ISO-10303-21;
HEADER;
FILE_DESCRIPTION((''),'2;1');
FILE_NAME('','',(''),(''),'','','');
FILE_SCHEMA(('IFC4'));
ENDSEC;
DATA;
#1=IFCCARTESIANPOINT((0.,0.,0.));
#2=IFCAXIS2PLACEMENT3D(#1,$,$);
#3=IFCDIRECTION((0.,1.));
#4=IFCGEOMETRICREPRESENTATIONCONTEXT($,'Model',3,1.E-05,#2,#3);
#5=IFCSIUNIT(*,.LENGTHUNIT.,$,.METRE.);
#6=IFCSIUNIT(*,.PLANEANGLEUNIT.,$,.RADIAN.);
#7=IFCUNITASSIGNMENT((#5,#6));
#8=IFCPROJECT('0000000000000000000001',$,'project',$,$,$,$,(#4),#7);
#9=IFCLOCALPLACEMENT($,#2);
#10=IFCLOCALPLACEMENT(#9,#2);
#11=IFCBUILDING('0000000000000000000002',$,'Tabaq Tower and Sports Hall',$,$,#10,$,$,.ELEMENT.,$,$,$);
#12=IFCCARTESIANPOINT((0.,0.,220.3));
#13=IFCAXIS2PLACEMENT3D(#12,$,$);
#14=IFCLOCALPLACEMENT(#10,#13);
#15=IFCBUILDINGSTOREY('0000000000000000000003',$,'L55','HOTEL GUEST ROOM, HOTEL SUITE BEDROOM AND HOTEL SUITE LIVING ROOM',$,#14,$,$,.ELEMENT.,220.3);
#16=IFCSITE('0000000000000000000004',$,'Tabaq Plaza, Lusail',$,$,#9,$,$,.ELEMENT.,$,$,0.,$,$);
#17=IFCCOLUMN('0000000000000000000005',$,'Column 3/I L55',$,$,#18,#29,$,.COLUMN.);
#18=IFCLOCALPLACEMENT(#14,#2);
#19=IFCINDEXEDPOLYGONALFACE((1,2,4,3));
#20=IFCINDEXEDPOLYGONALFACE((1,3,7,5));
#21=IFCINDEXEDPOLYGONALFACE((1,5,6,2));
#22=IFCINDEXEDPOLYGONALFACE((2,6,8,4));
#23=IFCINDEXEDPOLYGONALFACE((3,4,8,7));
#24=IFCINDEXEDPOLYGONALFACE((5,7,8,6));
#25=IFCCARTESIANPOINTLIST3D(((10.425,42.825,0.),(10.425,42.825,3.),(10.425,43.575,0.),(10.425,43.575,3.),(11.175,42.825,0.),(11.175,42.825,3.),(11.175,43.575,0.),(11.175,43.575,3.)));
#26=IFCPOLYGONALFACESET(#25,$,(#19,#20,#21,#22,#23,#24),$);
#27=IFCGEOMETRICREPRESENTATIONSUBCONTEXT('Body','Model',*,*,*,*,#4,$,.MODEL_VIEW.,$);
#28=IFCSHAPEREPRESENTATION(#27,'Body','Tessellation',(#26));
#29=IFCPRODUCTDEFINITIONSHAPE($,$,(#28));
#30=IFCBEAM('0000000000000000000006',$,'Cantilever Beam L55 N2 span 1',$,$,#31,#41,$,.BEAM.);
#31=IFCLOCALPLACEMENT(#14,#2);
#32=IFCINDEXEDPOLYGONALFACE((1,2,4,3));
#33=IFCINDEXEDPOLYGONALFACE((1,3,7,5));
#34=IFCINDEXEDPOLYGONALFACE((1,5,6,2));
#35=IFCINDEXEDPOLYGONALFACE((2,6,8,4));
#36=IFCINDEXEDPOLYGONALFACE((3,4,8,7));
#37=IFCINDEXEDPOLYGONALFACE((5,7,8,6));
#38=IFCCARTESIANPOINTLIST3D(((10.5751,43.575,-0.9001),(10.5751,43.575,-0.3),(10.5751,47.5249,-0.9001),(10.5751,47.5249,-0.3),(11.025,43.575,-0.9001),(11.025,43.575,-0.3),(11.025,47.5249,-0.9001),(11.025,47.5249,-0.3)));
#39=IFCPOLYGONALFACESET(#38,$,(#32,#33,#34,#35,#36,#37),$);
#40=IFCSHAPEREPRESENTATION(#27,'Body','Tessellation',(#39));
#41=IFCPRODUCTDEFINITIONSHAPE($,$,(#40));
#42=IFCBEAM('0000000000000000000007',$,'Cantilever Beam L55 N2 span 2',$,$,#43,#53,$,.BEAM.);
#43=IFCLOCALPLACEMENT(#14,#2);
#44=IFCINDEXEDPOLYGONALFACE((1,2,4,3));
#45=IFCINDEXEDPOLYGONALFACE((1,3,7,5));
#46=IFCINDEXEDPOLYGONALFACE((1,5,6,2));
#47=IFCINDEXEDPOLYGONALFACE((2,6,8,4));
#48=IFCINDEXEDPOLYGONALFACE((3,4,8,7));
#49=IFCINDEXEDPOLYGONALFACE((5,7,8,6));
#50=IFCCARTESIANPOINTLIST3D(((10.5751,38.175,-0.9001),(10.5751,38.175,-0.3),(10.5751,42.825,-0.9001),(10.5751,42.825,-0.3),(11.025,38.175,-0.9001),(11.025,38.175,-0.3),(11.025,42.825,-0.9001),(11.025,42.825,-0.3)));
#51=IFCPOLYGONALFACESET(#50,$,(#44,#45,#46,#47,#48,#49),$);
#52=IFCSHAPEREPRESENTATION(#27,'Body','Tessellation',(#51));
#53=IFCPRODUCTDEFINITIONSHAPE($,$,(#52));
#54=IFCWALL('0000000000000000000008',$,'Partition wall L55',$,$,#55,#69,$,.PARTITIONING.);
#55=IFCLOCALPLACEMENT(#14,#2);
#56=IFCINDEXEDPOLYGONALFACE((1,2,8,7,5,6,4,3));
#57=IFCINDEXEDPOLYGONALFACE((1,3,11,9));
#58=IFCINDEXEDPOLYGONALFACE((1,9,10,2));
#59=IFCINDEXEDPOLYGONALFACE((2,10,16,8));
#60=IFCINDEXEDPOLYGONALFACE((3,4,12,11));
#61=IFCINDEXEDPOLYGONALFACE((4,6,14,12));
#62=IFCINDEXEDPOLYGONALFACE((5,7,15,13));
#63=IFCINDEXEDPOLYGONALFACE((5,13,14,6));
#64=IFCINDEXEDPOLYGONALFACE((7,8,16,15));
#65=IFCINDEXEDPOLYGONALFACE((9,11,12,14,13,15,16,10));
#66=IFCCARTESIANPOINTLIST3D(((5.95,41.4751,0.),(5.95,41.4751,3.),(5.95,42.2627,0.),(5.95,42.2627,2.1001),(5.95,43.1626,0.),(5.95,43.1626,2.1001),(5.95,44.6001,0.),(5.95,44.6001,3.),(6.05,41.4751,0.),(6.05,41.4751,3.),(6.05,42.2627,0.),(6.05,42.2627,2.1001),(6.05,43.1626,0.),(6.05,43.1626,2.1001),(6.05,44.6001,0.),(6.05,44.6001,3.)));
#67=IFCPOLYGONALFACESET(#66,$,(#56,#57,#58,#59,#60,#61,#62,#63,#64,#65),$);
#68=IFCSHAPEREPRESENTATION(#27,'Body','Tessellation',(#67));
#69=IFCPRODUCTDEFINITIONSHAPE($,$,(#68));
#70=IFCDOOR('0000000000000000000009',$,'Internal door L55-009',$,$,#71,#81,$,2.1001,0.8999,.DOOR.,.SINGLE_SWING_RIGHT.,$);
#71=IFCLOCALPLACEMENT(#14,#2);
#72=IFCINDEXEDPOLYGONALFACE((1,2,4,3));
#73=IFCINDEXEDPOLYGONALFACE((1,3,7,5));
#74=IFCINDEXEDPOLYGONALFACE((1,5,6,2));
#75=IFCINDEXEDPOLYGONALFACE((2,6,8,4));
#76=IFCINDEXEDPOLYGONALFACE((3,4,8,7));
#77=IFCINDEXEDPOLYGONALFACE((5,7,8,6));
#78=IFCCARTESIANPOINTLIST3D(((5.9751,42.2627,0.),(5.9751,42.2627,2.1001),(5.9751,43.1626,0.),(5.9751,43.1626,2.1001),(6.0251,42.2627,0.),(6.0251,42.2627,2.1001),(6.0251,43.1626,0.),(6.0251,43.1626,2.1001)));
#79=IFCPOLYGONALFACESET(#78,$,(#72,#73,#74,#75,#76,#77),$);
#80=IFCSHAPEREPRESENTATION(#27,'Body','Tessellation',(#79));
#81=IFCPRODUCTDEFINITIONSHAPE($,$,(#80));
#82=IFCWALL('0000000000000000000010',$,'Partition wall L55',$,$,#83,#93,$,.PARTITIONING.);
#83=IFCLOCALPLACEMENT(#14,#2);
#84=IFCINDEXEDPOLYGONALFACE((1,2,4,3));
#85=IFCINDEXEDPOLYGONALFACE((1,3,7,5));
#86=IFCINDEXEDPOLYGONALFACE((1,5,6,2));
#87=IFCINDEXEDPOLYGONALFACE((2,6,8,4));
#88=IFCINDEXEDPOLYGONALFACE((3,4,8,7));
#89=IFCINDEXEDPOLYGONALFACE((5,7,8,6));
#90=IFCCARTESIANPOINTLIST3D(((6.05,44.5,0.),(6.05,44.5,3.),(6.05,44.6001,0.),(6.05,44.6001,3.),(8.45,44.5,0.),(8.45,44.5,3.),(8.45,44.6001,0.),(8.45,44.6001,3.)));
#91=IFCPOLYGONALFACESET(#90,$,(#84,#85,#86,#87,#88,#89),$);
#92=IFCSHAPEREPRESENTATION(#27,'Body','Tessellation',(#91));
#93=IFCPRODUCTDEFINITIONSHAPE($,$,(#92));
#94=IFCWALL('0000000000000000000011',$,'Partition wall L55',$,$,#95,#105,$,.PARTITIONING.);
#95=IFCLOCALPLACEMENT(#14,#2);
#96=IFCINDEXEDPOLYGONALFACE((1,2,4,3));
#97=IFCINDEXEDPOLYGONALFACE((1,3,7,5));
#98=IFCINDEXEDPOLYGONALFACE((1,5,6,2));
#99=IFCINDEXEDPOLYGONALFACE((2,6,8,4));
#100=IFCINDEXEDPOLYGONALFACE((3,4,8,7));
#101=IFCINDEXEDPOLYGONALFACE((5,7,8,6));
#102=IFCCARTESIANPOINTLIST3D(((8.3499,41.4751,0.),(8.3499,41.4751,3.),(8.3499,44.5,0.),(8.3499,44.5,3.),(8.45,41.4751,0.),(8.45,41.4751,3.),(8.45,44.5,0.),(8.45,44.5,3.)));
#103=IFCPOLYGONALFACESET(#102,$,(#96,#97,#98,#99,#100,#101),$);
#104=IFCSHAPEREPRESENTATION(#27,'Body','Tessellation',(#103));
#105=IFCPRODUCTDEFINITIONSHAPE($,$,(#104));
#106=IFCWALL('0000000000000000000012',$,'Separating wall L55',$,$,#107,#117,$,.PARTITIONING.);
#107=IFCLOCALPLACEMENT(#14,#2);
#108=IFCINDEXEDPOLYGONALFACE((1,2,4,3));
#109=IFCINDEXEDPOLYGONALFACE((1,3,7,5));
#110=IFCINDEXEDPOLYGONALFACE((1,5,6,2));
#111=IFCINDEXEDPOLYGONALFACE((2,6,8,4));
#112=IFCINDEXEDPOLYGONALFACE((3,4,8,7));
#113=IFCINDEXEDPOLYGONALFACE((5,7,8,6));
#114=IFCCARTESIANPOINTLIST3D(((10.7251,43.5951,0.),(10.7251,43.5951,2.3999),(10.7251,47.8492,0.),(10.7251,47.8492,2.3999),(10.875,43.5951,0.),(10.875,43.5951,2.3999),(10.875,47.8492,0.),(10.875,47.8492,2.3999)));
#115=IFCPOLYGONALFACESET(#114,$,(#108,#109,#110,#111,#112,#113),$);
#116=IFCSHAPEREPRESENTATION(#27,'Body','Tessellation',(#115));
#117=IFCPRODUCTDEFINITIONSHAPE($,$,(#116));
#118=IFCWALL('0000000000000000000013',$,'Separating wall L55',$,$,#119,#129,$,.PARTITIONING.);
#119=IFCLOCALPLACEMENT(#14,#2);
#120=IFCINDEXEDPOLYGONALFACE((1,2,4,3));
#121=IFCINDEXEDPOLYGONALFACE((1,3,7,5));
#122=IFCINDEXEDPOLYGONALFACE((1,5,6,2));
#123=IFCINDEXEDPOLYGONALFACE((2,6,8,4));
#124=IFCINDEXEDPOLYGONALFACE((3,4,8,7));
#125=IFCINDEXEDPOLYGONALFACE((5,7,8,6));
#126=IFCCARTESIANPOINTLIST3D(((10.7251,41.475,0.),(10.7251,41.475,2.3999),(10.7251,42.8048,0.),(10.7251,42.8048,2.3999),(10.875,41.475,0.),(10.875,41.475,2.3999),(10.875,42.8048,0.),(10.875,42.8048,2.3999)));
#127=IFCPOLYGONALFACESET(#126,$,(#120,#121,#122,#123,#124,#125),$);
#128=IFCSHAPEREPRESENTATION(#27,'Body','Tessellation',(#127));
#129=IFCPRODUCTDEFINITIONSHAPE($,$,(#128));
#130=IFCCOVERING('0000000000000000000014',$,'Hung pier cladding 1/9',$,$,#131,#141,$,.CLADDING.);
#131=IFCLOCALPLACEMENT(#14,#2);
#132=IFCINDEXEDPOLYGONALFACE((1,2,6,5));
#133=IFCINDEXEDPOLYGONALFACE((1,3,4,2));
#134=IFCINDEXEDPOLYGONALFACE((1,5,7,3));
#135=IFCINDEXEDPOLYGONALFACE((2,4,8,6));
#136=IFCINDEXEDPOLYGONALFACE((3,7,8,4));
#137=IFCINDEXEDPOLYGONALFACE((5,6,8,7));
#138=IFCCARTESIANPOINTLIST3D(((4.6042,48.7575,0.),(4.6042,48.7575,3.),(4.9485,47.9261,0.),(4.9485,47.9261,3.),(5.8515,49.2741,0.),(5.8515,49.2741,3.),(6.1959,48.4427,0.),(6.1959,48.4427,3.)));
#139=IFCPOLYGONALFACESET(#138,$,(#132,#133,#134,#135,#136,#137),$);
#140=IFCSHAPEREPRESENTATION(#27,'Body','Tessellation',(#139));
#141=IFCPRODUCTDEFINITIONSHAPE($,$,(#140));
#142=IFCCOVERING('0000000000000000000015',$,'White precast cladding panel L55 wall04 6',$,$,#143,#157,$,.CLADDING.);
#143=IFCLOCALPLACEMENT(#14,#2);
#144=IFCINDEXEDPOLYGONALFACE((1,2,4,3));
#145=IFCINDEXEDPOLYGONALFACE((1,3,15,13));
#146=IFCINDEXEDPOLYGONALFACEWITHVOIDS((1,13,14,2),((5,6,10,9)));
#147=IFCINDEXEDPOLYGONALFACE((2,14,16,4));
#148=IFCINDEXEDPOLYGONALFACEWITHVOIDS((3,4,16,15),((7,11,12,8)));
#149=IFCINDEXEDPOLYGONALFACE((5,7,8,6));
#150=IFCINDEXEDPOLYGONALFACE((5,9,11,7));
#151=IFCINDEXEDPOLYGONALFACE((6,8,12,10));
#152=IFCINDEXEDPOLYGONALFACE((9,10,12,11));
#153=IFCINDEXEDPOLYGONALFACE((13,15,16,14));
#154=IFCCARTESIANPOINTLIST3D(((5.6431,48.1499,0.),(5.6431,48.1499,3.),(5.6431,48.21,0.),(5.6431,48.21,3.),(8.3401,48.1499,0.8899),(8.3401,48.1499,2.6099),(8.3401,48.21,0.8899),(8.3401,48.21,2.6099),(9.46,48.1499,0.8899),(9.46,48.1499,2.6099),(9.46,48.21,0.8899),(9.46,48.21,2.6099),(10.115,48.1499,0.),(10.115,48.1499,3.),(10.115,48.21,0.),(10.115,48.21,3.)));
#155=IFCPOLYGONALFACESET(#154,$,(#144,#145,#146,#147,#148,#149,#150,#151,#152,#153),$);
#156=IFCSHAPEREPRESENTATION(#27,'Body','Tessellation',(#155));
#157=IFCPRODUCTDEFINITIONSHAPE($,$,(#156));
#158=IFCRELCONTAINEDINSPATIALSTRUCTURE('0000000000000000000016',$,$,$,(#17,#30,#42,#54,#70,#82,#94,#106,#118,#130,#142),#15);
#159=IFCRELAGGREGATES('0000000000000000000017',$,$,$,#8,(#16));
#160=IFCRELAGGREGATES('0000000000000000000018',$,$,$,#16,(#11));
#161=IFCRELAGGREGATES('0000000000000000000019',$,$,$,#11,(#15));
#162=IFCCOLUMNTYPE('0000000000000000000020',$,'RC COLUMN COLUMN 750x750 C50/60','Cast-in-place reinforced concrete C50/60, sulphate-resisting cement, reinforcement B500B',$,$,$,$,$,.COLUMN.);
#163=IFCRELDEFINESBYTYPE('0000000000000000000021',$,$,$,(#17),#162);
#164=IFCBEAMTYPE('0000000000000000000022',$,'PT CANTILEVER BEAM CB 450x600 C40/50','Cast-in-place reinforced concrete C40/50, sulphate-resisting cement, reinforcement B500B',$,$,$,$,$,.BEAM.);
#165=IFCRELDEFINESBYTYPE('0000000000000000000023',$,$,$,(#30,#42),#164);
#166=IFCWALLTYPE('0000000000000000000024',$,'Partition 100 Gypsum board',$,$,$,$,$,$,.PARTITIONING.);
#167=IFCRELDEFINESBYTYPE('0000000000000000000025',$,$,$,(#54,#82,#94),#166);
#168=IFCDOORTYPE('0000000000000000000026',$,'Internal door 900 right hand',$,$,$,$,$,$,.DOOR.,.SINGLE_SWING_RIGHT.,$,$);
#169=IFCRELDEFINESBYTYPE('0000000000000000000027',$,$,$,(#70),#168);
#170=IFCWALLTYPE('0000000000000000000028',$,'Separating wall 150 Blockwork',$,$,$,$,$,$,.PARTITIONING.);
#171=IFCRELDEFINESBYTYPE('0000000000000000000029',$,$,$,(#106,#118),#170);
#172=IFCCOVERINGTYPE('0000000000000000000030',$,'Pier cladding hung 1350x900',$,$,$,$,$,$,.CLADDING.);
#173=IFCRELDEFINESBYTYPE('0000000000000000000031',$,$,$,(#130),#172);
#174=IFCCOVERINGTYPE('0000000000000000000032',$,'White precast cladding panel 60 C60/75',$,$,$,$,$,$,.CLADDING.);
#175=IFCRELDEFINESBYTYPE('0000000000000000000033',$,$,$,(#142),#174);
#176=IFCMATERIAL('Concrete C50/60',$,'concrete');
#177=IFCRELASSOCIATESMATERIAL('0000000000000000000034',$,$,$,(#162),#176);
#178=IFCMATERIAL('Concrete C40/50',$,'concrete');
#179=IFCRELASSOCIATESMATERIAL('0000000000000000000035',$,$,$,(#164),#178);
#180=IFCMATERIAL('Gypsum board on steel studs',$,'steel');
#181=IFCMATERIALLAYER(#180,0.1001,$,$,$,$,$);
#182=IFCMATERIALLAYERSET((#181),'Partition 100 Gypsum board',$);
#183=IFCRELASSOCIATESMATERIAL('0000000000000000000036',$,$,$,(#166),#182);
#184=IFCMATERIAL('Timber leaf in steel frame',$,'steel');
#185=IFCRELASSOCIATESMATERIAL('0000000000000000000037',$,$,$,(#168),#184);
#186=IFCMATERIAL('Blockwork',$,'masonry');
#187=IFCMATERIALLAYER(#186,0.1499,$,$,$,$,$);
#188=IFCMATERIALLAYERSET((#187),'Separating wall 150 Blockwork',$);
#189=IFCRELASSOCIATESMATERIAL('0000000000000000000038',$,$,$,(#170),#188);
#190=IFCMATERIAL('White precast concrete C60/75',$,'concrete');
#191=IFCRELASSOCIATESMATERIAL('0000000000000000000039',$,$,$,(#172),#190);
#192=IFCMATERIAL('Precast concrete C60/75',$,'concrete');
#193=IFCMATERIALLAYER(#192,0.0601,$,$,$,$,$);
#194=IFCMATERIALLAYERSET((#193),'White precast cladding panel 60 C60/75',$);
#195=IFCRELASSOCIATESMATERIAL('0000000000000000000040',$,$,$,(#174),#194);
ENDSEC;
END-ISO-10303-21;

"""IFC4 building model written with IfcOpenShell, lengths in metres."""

from ifc_helpers import new_model, si_unit, direction, frame, frame_2d, origin, origin_2d, place, context, subcontext, project, spatial, polyline, rectangle, outline, extrude, material, layer, layer_set, material_profile, profile_set, type_object, element, fill, save


model = new_model("IFC4")

# Units and contexts
model_context = context("Model", 3, precision=1e-05, world=origin(), true_north=direction((0.0, 1.0)))
body_context = subcontext(model_context, "Body", "Model", "MODEL_VIEW")
ifc_project = project(units=[si_unit("LENGTHUNIT", "METRE"), si_unit("PLANEANGLEUNIT", "RADIAN")], contexts=[model_context])

# Site, building, storey
site_placement = place(None, origin())
site = spatial("IfcSite", under=ifc_project, at=site_placement, Name="Tabaq Plaza, Lusail", CompositionType="ELEMENT", RefElevation=0.0)
building_placement = place(site_placement, origin())
building = spatial("IfcBuilding", under=site, at=building_placement, Name="Tabaq Tower and Sports Hall", CompositionType="ELEMENT")
storey_placement = place(building_placement, frame((0.0, 0.0, 220.3)))
storey = spatial("IfcBuildingStorey", under=building, at=storey_placement, Name="L55", Description="HOTEL GUEST ROOM, HOTEL SUITE BEDROOM AND HOTEL SUITE LIVING ROOM", CompositionType="ELEMENT", Elevation=220.3)

# Column
ifc_material_1 = material(Name="Concrete C50/60", Category="concrete")
ifc_material_profile_1 = material_profile(ifc_material_1, rectangle(XDim=0.75, YDim=0.75, at=origin_2d()), Name="COLUMN 750x750")
ifc_profile_set_1 = profile_set([ifc_material_profile_1], Name="Concrete C50/60")
column_type = type_object("IfcColumnType", Name="RC COLUMN COLUMN 750x750 C50/60", Description="Cast-in-place reinforced concrete C50/60, sulphate-resisting cement, reinforcement B500B", PredefinedType="COLUMN", material=ifc_profile_set_1)
column_placement = place(storey_placement, frame((10.8, 43.2, 0.0), z_axis=(0.0, 0.0, 1.0), x_axis=(1.0, 0.0, 0.0)))
element("IfcColumn", 1, at=column_placement, inside=storey, type_object=column_type, Name="Column 3/I L55", PredefinedType="COLUMN", context=body_context, shape_type="SweptSolid", body=[
    extrude(rectangle(XDim=0.75, YDim=0.75, at=origin_2d()), origin(), (0.0, 0.0, 1.0), 3.0),
])

# Beams
ifc_material_2 = material(Name="Concrete C40/50", Category="concrete")
ifc_material_profile_2 = material_profile(ifc_material_2, rectangle(XDim=0.45, YDim=0.6001, at=origin_2d()), Name="CB 450x600")
ifc_profile_set_2 = profile_set([ifc_material_profile_2], Name="Concrete C40/50")
beam_type = type_object("IfcBeamType", Name="PT CANTILEVER BEAM CB 450x600 C40/50", Description="Cast-in-place reinforced concrete C40/50, sulphate-resisting cement, reinforcement B500B", PredefinedType="BEAM", material=ifc_profile_set_2)
beam_1_placement = place(storey_placement, frame((10.8, 47.5249, -0.6001), z_axis=(0.0, -1.0, 0.0), x_axis=(1.0, 0.0, 0.0)))
element("IfcBeam", 2, at=beam_1_placement, inside=storey, type_object=beam_type, Name="Cantilever Beam L55 N2 span 1", PredefinedType="BEAM", context=body_context, shape_type="SweptSolid", body=[
    extrude(rectangle(XDim=0.45, YDim=0.6001, at=origin_2d()), origin(), (0.0, 0.0, 1.0), 3.95),
])
beam_2_placement = place(storey_placement, frame((10.8, 42.825, -0.6001), z_axis=(0.0, -1.0, 0.0), x_axis=(1.0, 0.0, 0.0)))
element("IfcBeam", 3, at=beam_2_placement, inside=storey, type_object=beam_type, Name="Cantilever Beam L55 N2 span 2", PredefinedType="BEAM", context=body_context, shape_type="SweptSolid", body=[
    extrude(rectangle(XDim=0.45, YDim=0.6001, at=origin_2d()), origin(), (0.0, 0.0, 1.0), 4.6499),
])

# Wall, opening, door
ifc_material_3 = material(Name="Gypsum board on steel studs", Category="steel")
ifc_layer_1 = layer(ifc_material_3, 0.1001)
ifc_layer_set_1 = layer_set([ifc_layer_1], Name="Partition 100 Gypsum board")
wall_type_1 = type_object("IfcWallType", Name="Partition 100 Gypsum board", PredefinedType="PARTITIONING", material=ifc_layer_set_1)
wall_1_placement = place(storey_placement, frame((6.0, 41.4751, 0.0), z_axis=(0.0, 0.0, 1.0), x_axis=(0.0, 1.0, 0.0)))
wall_1 = element("IfcWall", 4, at=wall_1_placement, inside=storey, type_object=wall_type_1, Name="Partition wall L55", PredefinedType="PARTITIONING", context=body_context, shape_type="SweptSolid", body=[
    extrude(rectangle(XDim=3.125, YDim=0.1001, at=frame_2d((1.5625, 0.0))), origin(), (0.0, 0.0, 1.0), 3.0),
])
opening_placement = place(wall_1_placement, frame((0.7876, 0.0, 0.0)))
opening = element("IfcOpeningElement", 5, at=opening_placement, cuts=wall_1, PredefinedType="OPENING", context=body_context, shape_type="SweptSolid", body=[
    extrude(rectangle(XDim=0.8999, YDim=2.1001, at=frame_2d((0.45, 1.05))), frame((0.0, 0.05, 0.0), z_axis=(0.0, -1.0, 0.0), x_axis=(1.0, 0.0, 0.0)), (0.0, 0.0, 1.0), 0.1001),
])
ifc_material_4 = material(Name="Timber leaf in steel frame", Category="steel")
door_type = type_object("IfcDoorType", Name="Internal door 900 right hand", OperationType="SINGLE_SWING_RIGHT", PredefinedType="DOOR", material=ifc_material_4)
door_placement = place(opening_placement, origin())
door = element("IfcDoor", 6, at=door_placement, inside=storey, type_object=door_type, Name="Internal door L55-009", OperationType="SINGLE_SWING_RIGHT", OverallHeight=2.1001, OverallWidth=0.8999, PredefinedType="DOOR", context=body_context, shape_type="SweptSolid", body=[
    extrude(rectangle(XDim=0.8999, YDim=2.1001, at=frame_2d((0.45, 1.05))), frame((0.0, 0.0249, 0.0), z_axis=(0.0, -1.0, 0.0), x_axis=(1.0, 0.0, 0.0)), (0.0, 0.0, 1.0), 0.05),
])
fill(opening, door)

# Walls
wall_2_placement = place(storey_placement, frame((6.05, 44.55, 0.0), z_axis=(0.0, 0.0, 1.0), x_axis=(1.0, 0.0, 0.0)))
element("IfcWall", 7, at=wall_2_placement, inside=storey, type_object=wall_type_1, Name="Partition wall L55", PredefinedType="PARTITIONING", context=body_context, shape_type="SweptSolid", body=[
    extrude(rectangle(XDim=2.3999, YDim=0.1001, at=frame_2d((1.2, 0.0))), origin(), (0.0, 0.0, 1.0), 3.0),
])
wall_3_placement = place(storey_placement, frame((8.3999, 44.5, 0.0), z_axis=(0.0, 0.0, 1.0), x_axis=(0.0, -1.0, 0.0)))
element("IfcWall", 8, at=wall_3_placement, inside=storey, type_object=wall_type_1, Name="Partition wall L55", PredefinedType="PARTITIONING", context=body_context, shape_type="SweptSolid", body=[
    extrude(rectangle(XDim=3.0249, YDim=0.1001, at=frame_2d((1.5125, 0.0))), origin(), (0.0, 0.0, 1.0), 3.0),
])
ifc_material_5 = material(Name="Blockwork", Category="masonry")
ifc_layer_2 = layer(ifc_material_5, 0.1499)
ifc_layer_set_2 = layer_set([ifc_layer_2], Name="Separating wall 150 Blockwork")
wall_type_2 = type_object("IfcWallType", Name="Separating wall 150 Blockwork", PredefinedType="PARTITIONING", material=ifc_layer_set_2)
wall_4_placement = place(storey_placement, frame((10.8, 47.8491, 0.0), z_axis=(0.0, 0.0, 1.0), x_axis=(0.0, -1.0, 0.0)))
element("IfcWall", 9, at=wall_4_placement, inside=storey, type_object=wall_type_2, Name="Separating wall L55", PredefinedType="PARTITIONING", context=body_context, shape_type="SweptSolid", body=[
    extrude(rectangle(XDim=4.2542, YDim=0.1499, at=frame_2d((2.127, 0.0))), origin(), (0.0, 0.0, 1.0), 2.3999),
])
wall_5_placement = place(storey_placement, frame((10.8, 42.8049, 0.0), z_axis=(0.0, 0.0, 1.0), x_axis=(0.0, -1.0, 0.0)))
element("IfcWall", 10, at=wall_5_placement, inside=storey, type_object=wall_type_2, Name="Separating wall L55", PredefinedType="PARTITIONING", context=body_context, shape_type="SweptSolid", body=[
    extrude(rectangle(XDim=1.3298, YDim=0.1499, at=frame_2d((0.665, 0.0))), origin(), (0.0, 0.0, 1.0), 2.3999),
])

# Coverings
ifc_material_6 = material(Name="White precast concrete C60/75", Category="concrete")
covering_type_1 = type_object("IfcCoveringType", Name="Pier cladding hung 1350x900", PredefinedType="CLADDING", material=ifc_material_6)
covering_1_placement = place(storey_placement, frame((6.0237, 48.8584, 0.0), z_axis=(0.0, 0.0, 1.0), x_axis=(-0.923893, -0.38265, 0.0)))
element("IfcCovering", 11, at=covering_1_placement, inside=storey, type_object=covering_type_1, Name="Hung pier cladding 1/9", PredefinedType="CLADDING", context=body_context, shape_type="SweptSolid", body=[
    extrude(rectangle(XDim=1.3501, YDim=0.8999, at=frame_2d((0.675, 0.0))), origin(), (0.0, 0.0, 1.0), 3.0),
])
ifc_material_7 = material(Name="Precast concrete C60/75", Category="concrete")
ifc_layer_3 = layer(ifc_material_7, 0.0601)
ifc_layer_set_3 = layer_set([ifc_layer_3], Name="White precast cladding panel 60 C60/75")
covering_type_2 = type_object("IfcCoveringType", Name="White precast cladding panel 60 C60/75", PredefinedType="CLADDING", material=ifc_layer_set_3)
covering_2_placement = place(storey_placement, frame((10.115, 48.1799, 0.0), z_axis=(0.0, 0.0, 1.0), x_axis=(-1.0, 0.0, 0.0)))
element("IfcCovering", 12, at=covering_2_placement, inside=storey, type_object=covering_type_2, Name="White precast cladding panel L55 wall04 6", PredefinedType="CLADDING", context=body_context, shape_type="SweptSolid", body=[
    extrude(outline(polyline([(0.0, 0.0), (4.4719, 0.0), (4.4719, 3.0), (0.0, 3.0), (0.0, 0.0)]), holes=[polyline([(0.655, 0.8899), (0.655, 2.6099), (1.7749, 2.6099), (1.7749, 0.8899), (0.655, 0.8899)])]), frame((0.0, 0.03, 0.0), z_axis=(0.0, -1.0, 0.0), x_axis=(1.0, 0.0, 0.0)), (0.0, 0.0, 1.0), 0.0601),
])

save(model, "model.ifc")
